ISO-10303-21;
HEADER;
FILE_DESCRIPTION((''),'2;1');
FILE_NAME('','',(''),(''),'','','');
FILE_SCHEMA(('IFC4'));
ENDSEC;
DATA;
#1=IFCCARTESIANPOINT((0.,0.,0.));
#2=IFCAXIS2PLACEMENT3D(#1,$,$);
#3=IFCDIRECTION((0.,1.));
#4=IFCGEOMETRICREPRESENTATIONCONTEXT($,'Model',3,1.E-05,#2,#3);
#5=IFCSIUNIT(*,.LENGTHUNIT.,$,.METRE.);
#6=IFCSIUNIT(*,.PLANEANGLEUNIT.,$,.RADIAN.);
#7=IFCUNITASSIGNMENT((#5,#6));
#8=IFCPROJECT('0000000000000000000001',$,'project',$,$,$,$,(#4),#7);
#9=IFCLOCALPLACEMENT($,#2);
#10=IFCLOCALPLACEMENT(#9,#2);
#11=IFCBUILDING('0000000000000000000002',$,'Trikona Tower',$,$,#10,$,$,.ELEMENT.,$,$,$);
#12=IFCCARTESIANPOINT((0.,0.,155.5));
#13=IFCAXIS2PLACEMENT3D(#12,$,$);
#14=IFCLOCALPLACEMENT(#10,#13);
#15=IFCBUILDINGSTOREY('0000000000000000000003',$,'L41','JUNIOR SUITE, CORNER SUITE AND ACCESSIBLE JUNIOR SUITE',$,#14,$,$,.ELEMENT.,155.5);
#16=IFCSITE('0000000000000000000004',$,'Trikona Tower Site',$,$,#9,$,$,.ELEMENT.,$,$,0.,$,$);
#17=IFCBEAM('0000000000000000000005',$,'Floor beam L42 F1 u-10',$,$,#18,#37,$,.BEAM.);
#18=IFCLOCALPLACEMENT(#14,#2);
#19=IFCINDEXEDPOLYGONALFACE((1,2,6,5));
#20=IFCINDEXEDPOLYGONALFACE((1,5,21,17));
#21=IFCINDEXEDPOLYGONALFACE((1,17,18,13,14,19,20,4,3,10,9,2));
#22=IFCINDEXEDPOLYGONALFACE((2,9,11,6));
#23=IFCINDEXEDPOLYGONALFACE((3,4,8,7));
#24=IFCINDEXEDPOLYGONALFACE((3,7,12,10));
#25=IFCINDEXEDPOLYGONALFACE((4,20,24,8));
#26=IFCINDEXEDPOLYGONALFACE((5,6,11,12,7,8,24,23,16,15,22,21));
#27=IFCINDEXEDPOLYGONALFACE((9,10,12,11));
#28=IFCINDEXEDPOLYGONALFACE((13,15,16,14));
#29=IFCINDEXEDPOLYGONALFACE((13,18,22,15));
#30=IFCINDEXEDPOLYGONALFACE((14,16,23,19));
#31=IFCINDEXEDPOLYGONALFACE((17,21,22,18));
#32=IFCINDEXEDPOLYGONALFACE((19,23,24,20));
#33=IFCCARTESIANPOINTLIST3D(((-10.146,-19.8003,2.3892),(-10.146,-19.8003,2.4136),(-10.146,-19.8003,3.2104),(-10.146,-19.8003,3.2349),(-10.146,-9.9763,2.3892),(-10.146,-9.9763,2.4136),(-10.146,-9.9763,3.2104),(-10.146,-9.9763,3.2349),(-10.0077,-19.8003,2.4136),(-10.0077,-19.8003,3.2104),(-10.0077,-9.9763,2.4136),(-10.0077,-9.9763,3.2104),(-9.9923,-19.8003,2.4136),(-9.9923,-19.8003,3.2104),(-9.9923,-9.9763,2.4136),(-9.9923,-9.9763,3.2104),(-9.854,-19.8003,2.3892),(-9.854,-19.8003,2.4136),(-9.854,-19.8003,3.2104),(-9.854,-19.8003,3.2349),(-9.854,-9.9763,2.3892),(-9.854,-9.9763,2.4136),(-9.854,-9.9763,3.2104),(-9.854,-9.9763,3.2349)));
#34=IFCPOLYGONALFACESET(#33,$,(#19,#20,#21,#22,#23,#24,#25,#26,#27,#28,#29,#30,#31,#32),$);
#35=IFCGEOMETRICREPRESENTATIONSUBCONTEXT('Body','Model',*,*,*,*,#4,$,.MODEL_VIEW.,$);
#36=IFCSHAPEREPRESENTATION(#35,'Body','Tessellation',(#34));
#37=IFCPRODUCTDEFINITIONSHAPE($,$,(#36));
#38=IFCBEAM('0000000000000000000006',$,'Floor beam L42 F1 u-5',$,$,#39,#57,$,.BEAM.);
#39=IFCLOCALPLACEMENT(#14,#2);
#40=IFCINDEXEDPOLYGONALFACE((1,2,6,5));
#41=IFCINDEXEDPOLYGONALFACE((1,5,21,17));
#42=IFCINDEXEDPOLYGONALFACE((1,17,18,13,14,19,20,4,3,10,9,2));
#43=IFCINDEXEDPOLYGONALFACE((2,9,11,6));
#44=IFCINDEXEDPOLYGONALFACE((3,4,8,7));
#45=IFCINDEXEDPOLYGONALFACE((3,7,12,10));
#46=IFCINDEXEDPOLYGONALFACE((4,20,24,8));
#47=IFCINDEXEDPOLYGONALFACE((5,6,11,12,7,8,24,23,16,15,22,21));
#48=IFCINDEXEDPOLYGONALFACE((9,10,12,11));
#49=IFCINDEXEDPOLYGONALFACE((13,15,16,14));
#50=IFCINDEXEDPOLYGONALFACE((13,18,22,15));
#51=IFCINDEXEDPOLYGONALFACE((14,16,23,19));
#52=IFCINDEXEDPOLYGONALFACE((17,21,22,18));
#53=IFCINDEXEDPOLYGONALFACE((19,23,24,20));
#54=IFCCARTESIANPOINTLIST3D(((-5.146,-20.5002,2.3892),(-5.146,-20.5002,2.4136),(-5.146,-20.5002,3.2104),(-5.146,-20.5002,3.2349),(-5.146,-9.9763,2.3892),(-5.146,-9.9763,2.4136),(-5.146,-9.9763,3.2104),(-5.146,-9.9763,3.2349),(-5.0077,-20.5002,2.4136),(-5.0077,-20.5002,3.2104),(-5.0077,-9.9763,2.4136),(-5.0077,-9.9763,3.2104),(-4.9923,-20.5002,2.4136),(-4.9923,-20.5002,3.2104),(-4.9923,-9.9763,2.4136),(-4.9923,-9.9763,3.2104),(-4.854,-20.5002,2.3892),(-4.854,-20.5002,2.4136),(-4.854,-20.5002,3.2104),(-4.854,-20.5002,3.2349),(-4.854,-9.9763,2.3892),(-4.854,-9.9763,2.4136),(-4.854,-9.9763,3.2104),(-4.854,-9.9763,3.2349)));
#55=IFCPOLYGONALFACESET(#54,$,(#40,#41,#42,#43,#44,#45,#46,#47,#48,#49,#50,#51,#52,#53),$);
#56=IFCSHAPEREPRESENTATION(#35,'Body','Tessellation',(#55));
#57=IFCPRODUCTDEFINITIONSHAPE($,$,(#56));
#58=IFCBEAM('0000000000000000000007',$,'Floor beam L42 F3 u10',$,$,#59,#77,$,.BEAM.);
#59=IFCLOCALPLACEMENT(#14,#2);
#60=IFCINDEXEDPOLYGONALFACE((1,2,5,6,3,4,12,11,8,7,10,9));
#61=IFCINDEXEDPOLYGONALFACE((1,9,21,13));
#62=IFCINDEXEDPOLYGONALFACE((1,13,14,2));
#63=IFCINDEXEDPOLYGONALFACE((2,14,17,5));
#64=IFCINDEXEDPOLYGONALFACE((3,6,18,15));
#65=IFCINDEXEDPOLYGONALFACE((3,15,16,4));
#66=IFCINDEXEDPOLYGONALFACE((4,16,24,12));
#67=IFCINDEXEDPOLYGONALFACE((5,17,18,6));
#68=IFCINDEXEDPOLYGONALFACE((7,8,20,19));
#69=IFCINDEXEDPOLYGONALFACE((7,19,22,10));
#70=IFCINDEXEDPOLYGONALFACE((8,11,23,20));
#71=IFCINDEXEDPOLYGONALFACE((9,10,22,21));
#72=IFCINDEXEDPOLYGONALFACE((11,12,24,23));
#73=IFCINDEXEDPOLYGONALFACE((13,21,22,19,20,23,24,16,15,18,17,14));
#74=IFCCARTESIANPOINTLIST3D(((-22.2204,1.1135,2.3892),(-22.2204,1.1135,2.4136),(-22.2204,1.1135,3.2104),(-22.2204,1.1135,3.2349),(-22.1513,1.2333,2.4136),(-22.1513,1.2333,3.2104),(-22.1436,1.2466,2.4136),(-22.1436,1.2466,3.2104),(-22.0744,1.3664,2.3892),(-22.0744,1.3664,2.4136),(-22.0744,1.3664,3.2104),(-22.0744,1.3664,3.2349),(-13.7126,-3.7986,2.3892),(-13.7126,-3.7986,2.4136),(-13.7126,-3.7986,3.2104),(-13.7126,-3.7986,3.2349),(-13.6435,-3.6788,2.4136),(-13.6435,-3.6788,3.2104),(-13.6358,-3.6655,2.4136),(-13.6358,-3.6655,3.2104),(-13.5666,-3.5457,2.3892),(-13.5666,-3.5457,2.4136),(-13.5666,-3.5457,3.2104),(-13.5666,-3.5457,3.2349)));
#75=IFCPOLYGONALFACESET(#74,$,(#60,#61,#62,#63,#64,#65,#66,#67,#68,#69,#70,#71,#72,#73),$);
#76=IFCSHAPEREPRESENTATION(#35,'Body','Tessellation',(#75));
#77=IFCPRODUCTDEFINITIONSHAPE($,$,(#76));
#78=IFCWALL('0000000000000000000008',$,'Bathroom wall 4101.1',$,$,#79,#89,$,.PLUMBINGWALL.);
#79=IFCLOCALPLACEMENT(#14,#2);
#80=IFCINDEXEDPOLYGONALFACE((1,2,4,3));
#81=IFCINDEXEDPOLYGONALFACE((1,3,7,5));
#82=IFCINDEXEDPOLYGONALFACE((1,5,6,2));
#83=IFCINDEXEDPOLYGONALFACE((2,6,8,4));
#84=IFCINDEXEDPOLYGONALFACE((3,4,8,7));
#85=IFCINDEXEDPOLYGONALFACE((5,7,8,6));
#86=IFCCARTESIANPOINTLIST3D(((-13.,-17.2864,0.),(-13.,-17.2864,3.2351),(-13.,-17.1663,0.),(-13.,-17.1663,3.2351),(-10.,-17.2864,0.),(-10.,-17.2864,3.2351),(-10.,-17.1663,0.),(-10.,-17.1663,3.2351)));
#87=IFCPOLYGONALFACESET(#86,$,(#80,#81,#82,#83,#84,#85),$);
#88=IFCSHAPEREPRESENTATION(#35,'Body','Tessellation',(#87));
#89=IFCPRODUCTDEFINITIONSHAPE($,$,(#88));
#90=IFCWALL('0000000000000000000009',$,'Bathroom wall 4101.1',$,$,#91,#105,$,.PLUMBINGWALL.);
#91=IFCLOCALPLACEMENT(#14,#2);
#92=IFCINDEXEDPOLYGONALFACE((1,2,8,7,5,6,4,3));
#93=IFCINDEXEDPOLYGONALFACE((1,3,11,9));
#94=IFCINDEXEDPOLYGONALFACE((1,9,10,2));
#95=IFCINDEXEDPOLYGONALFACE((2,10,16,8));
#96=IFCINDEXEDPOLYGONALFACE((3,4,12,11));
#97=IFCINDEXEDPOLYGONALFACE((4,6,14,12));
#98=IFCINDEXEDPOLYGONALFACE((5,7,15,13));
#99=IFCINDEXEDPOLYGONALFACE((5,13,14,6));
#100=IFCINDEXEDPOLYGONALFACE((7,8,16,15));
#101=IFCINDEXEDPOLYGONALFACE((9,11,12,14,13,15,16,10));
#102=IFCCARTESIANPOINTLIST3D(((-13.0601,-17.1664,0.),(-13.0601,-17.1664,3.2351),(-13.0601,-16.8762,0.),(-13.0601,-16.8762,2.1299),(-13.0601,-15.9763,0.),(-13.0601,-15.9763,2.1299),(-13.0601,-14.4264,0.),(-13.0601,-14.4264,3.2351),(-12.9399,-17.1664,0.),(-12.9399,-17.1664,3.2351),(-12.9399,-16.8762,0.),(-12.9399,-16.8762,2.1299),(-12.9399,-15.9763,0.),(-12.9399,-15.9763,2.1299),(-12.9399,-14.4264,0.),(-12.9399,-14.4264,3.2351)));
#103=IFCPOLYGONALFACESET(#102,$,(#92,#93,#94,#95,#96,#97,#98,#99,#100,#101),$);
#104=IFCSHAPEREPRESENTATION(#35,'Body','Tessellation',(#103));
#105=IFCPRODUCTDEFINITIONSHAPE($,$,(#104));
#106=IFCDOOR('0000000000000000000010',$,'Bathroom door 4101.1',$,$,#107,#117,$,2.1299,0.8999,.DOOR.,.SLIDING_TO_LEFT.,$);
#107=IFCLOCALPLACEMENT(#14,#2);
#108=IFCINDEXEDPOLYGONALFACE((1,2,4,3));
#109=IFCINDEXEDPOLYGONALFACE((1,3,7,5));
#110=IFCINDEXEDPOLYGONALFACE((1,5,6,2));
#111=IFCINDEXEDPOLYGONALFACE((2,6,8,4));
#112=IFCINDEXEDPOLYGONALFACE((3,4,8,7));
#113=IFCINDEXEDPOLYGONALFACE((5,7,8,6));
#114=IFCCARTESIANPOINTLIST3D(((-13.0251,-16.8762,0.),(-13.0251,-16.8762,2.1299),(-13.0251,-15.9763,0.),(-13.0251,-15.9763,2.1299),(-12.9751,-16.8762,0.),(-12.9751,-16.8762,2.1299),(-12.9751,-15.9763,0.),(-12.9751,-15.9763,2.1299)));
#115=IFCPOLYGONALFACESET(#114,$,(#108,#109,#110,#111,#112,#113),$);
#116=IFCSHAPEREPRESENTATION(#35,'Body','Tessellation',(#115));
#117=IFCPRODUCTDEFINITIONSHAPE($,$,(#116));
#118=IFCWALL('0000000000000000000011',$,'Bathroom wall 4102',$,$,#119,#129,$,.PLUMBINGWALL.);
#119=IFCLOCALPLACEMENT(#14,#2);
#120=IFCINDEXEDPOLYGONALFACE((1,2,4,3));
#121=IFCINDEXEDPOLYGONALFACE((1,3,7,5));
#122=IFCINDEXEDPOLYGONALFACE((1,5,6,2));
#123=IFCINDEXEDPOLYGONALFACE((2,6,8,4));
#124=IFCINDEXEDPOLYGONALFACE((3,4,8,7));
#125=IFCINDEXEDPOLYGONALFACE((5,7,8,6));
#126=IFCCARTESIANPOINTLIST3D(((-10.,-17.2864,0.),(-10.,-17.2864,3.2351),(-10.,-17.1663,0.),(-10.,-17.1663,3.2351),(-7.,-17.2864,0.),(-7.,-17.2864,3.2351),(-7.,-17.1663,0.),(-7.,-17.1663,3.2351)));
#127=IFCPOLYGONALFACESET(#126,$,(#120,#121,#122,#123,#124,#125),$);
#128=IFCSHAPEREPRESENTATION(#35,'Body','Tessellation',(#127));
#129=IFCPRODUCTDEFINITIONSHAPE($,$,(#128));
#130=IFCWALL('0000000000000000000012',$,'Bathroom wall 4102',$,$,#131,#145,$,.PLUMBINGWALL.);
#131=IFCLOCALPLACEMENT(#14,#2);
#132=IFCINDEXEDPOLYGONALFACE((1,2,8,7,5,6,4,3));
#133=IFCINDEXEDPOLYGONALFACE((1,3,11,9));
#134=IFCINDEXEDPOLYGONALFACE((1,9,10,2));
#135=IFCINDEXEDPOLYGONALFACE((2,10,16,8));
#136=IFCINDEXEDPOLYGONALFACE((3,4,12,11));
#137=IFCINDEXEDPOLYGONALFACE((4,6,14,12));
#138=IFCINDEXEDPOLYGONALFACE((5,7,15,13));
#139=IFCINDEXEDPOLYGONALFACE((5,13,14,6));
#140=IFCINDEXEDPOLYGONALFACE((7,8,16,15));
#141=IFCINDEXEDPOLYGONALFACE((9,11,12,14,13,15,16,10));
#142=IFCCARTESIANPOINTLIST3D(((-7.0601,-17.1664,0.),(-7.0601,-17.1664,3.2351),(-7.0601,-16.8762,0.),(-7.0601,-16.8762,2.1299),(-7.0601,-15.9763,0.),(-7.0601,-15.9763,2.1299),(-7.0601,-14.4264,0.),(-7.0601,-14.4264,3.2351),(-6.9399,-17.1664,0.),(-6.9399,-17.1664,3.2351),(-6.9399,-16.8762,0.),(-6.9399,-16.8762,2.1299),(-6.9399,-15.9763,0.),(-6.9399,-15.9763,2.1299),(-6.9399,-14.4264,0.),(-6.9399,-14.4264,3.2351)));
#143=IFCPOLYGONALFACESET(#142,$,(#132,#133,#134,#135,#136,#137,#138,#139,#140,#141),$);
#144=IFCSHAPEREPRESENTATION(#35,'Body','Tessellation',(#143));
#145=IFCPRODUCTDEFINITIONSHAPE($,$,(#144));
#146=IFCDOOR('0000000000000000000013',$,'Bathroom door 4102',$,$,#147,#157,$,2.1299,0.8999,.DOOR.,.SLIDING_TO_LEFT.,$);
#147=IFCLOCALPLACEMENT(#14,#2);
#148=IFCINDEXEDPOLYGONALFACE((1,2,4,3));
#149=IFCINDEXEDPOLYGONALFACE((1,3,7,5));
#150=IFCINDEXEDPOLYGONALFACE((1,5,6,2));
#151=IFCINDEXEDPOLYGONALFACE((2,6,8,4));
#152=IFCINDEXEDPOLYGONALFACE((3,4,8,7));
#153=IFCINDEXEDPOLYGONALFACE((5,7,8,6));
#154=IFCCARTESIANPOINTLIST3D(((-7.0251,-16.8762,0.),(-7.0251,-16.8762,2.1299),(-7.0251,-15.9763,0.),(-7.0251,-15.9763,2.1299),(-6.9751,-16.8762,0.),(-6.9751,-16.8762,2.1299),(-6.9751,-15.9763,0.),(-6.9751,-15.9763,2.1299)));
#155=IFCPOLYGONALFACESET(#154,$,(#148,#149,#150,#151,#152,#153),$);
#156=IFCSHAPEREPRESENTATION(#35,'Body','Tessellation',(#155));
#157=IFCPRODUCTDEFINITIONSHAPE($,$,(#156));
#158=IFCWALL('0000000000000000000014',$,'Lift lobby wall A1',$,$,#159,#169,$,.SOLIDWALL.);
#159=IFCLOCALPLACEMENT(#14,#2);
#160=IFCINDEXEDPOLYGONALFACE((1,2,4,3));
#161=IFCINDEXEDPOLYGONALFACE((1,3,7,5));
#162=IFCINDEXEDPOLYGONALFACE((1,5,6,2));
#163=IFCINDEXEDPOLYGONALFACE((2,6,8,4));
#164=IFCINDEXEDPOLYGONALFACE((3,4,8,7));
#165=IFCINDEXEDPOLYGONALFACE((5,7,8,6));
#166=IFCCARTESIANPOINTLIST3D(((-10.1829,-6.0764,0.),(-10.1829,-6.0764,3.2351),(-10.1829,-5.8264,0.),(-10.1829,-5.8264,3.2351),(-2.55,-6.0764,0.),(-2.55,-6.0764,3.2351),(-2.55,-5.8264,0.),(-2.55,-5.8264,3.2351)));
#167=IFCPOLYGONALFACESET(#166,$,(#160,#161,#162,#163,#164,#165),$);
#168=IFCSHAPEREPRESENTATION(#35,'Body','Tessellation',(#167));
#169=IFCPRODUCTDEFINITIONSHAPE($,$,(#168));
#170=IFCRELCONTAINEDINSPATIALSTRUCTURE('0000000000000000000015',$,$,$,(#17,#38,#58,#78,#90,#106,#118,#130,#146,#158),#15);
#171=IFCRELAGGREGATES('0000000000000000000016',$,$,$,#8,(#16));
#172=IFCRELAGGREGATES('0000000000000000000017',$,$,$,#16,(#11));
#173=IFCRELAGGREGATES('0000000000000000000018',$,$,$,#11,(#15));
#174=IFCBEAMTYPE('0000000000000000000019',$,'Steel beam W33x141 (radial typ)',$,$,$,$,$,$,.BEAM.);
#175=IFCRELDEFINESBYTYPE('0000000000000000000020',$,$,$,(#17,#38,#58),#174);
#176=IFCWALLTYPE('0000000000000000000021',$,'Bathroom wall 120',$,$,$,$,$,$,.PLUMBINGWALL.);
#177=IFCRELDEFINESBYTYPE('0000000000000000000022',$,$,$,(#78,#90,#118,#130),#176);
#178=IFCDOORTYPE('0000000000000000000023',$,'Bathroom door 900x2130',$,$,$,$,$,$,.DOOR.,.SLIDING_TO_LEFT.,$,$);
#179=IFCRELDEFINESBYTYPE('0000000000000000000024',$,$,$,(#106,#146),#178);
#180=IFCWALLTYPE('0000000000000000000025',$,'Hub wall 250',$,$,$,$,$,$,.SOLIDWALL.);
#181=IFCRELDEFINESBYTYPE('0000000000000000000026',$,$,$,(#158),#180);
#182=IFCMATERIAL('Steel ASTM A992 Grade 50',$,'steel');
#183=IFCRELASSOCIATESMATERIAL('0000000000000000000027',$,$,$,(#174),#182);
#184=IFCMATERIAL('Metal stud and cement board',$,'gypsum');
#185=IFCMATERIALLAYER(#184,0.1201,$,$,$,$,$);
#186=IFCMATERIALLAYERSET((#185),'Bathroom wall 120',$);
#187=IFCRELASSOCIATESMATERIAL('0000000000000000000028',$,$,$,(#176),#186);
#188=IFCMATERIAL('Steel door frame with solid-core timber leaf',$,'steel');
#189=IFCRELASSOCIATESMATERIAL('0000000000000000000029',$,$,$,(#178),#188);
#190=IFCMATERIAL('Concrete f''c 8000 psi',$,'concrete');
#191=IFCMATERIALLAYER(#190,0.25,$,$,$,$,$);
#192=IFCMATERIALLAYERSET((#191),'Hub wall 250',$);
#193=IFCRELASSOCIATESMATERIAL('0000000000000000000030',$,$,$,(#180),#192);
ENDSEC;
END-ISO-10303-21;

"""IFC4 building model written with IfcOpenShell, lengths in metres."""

from ifc_helpers import new_model, si_unit, direction, frame, frame_2d, origin, origin_2d, place, context, subcontext, project, spatial, rectangle, i_section, extrude, material, layer, layer_set, material_profile, profile_set, type_object, element, fill, save


model = new_model("IFC4")

# Units and contexts
model_context = context("Model", 3, precision=1e-05, world=origin(), true_north=direction((0.0, 1.0)))
body_context = subcontext(model_context, "Body", "Model", "MODEL_VIEW")
ifc_project = project(units=[si_unit("LENGTHUNIT", "METRE"), si_unit("PLANEANGLEUNIT", "RADIAN")], contexts=[model_context])

# Site, building, storey
site_placement = place(None, origin())
site = spatial("IfcSite", under=ifc_project, at=site_placement, Name="Trikona Tower Site", CompositionType="ELEMENT", RefElevation=0.0)
building_placement = place(site_placement, origin())
building = spatial("IfcBuilding", under=site, at=building_placement, Name="Trikona Tower", CompositionType="ELEMENT")
storey_placement = place(building_placement, frame((0.0, 0.0, 155.5)))
storey = spatial("IfcBuildingStorey", under=building, at=storey_placement, Name="L41", Description="JUNIOR SUITE, CORNER SUITE AND ACCESSIBLE JUNIOR SUITE", CompositionType="ELEMENT", Elevation=155.5)

# Beams
ifc_material_1 = material(Name="Steel ASTM A992 Grade 50", Category="steel")
ifc_material_profile = material_profile(ifc_material_1, i_section(OverallWidth=0.292, OverallDepth=0.8457, WebThickness=0.0154, FlangeThickness=0.0244, at=origin_2d()), Name="W33X141")
ifc_profile_set = profile_set([ifc_material_profile], Name="Steel ASTM A992 Grade 50")
beam_type = type_object("IfcBeamType", Name="Steel beam W33x141 (radial typ)", PredefinedType="BEAM", material=ifc_profile_set)
beam_1_placement = place(storey_placement, frame((-10.0, -9.9763, 2.812), z_axis=(0.0, -1.0, 0.0), x_axis=(1.0, 0.0, 0.0)))
element("IfcBeam", 1, at=beam_1_placement, inside=storey, type_object=beam_type, Name="Floor beam L42 F1 u-10", PredefinedType="BEAM", context=body_context, shape_type="SweptSolid", body=[
    extrude(i_section(OverallWidth=0.292, OverallDepth=0.8457, WebThickness=0.0154, FlangeThickness=0.0244, at=origin_2d()), origin(), (0.0, 0.0, 1.0), 9.824),
])
beam_2_placement = place(storey_placement, frame((-5.0, -9.9763, 2.812), z_axis=(0.0, -1.0, 0.0), x_axis=(1.0, 0.0, 0.0)))
element("IfcBeam", 2, at=beam_2_placement, inside=storey, type_object=beam_type, Name="Floor beam L42 F1 u-5", PredefinedType="BEAM", context=body_context, shape_type="SweptSolid", body=[
    extrude(i_section(OverallWidth=0.292, OverallDepth=0.8457, WebThickness=0.0154, FlangeThickness=0.0244, at=origin_2d()), origin(), (0.0, 0.0, 1.0), 10.5239),
])
beam_3_placement = place(storey_placement, frame((-13.6396, -3.6721, 2.812), z_axis=(-0.86602, 0.500009, 0.0), x_axis=(-0.500009, -0.86602, 0.0)))
element("IfcBeam", 3, at=beam_3_placement, inside=storey, type_object=beam_type, Name="Floor beam L42 F3 u10", PredefinedType="BEAM", context=body_context, shape_type="SweptSolid", body=[
    extrude(i_section(OverallWidth=0.292, OverallDepth=0.8457, WebThickness=0.0154, FlangeThickness=0.0244, at=origin_2d()), origin(), (0.0, 0.0, 1.0), 9.824),
])

# Wall
ifc_material_2 = material(Name="Metal stud and cement board", Category="gypsum")
ifc_layer_1 = layer(ifc_material_2, 0.1201)
ifc_layer_set_1 = layer_set([ifc_layer_1], Name="Bathroom wall 120")
wall_type_1 = type_object("IfcWallType", Name="Bathroom wall 120", PredefinedType="PLUMBINGWALL", material=ifc_layer_set_1)
wall_1_placement = place(storey_placement, frame((-13.0, -17.2263, 0.0), z_axis=(0.0, 0.0, 1.0), x_axis=(1.0, 0.0, 0.0)))
element("IfcWall", 4, at=wall_1_placement, inside=storey, type_object=wall_type_1, Name="Bathroom wall 4101.1", PredefinedType="PLUMBINGWALL", context=body_context, shape_type="SweptSolid", body=[
    extrude(rectangle(XDim=3.0, YDim=0.1201, at=frame_2d((1.5, 0.0))), origin(), (0.0, 0.0, 1.0), 3.2351),
])

# Wall, opening, door
wall_2_placement = place(storey_placement, frame((-13.0, -14.4263, 0.0), z_axis=(0.0, 0.0, 1.0), x_axis=(0.0, -1.0, 0.0)))
wall_2 = element("IfcWall", 5, at=wall_2_placement, inside=storey, type_object=wall_type_1, Name="Bathroom wall 4101.1", PredefinedType="PLUMBINGWALL", context=body_context, shape_type="SweptSolid", body=[
    extrude(rectangle(XDim=2.74, YDim=0.1201, at=frame_2d((1.3701, 0.0))), origin(), (0.0, 0.0, 1.0), 3.2351),
])
opening_1_placement = place(wall_2_placement, frame((1.55, 0.0, 0.0)))
opening_1 = element("IfcOpeningElement", 6, at=opening_1_placement, cuts=wall_2, PredefinedType="OPENING", context=body_context, shape_type="SweptSolid", body=[
    extrude(rectangle(XDim=0.8999, YDim=2.1299, at=frame_2d((0.45, 1.0649))), frame((0.0, 0.0701, 0.0), z_axis=(0.0, -1.0, 0.0), x_axis=(1.0, 0.0, 0.0)), (0.0, 0.0, 1.0), 0.1401),
])
ifc_material_3 = material(Name="Steel door frame with solid-core timber leaf", Category="steel")
door_type_1 = type_object("IfcDoorType", Name="Bathroom door 900x2130", OperationType="SLIDING_TO_LEFT", PredefinedType="DOOR", material=ifc_material_3)
door_1_placement = place(opening_1_placement, origin())
door_1 = element("IfcDoor", 7, at=door_1_placement, inside=storey, type_object=door_type_1, Name="Bathroom door 4101.1", OperationType="SLIDING_TO_LEFT", OverallHeight=2.1299, OverallWidth=0.8999, PredefinedType="DOOR", context=body_context, shape_type="SweptSolid", body=[
    extrude(rectangle(XDim=0.8999, YDim=2.1299, at=frame_2d((0.45, 1.0649))), frame((0.0, 0.0249, 0.0), z_axis=(0.0, -1.0, 0.0), x_axis=(1.0, 0.0, 0.0)), (0.0, 0.0, 1.0), 0.05),
])
fill(opening_1, door_1)

# Wall
wall_3_placement = place(storey_placement, frame((-10.0, -17.2263, 0.0), z_axis=(0.0, 0.0, 1.0), x_axis=(1.0, 0.0, 0.0)))
element("IfcWall", 8, at=wall_3_placement, inside=storey, type_object=wall_type_1, Name="Bathroom wall 4102", PredefinedType="PLUMBINGWALL", context=body_context, shape_type="SweptSolid", body=[
    extrude(rectangle(XDim=3.0, YDim=0.1201, at=frame_2d((1.5, 0.0))), origin(), (0.0, 0.0, 1.0), 3.2351),
])

# Wall, opening, door
wall_4_placement = place(storey_placement, frame((-7.0, -14.4263, 0.0), z_axis=(0.0, 0.0, 1.0), x_axis=(0.0, -1.0, 0.0)))
wall_4 = element("IfcWall", 9, at=wall_4_placement, inside=storey, type_object=wall_type_1, Name="Bathroom wall 4102", PredefinedType="PLUMBINGWALL", context=body_context, shape_type="SweptSolid", body=[
    extrude(rectangle(XDim=2.74, YDim=0.1201, at=frame_2d((1.3701, 0.0))), origin(), (0.0, 0.0, 1.0), 3.2351),
])
opening_2_placement = place(wall_4_placement, frame((1.55, 0.0, 0.0)))
opening_2 = element("IfcOpeningElement", 10, at=opening_2_placement, cuts=wall_4, PredefinedType="OPENING", context=body_context, shape_type="SweptSolid", body=[
    extrude(rectangle(XDim=0.8999, YDim=2.1299, at=frame_2d((0.45, 1.0649))), frame((0.0, 0.0701, 0.0), z_axis=(0.0, -1.0, 0.0), x_axis=(1.0, 0.0, 0.0)), (0.0, 0.0, 1.0), 0.1401),
])
door_2_placement = place(opening_2_placement, origin())
door_2 = element("IfcDoor", 11, at=door_2_placement, inside=storey, type_object=door_type_1, Name="Bathroom door 4102", OperationType="SLIDING_TO_LEFT", OverallHeight=2.1299, OverallWidth=0.8999, PredefinedType="DOOR", context=body_context, shape_type="SweptSolid", body=[
    extrude(rectangle(XDim=0.8999, YDim=2.1299, at=frame_2d((0.45, 1.0649))), frame((0.0, 0.0249, 0.0), z_axis=(0.0, -1.0, 0.0), x_axis=(1.0, 0.0, 0.0)), (0.0, 0.0, 1.0), 0.05),
])
fill(opening_2, door_2)

# Wall
ifc_material_4 = material(Name="Concrete f'c 8000 psi", Category="concrete")
ifc_layer_2 = layer(ifc_material_4, 0.25)
ifc_layer_set_2 = layer_set([ifc_layer_2], Name="Hub wall 250")
wall_type_2 = type_object("IfcWallType", Name="Hub wall 250", PredefinedType="SOLIDWALL", material=ifc_layer_set_2)
wall_5_placement = place(storey_placement, frame((-10.1829, -5.9514, 0.0), z_axis=(0.0, 0.0, 1.0), x_axis=(1.0, 0.0, 0.0)))
element("IfcWall", 12, at=wall_5_placement, inside=storey, type_object=wall_type_2, Name="Lift lobby wall A1", PredefinedType="SOLIDWALL", context=body_context, shape_type="SweptSolid", body=[
    extrude(rectangle(XDim=7.6328, YDim=0.25, at=frame_2d((3.8164, 0.0))), origin(), (0.0, 0.0, 1.0), 3.2351),
])

save(model, "model.ifc")
